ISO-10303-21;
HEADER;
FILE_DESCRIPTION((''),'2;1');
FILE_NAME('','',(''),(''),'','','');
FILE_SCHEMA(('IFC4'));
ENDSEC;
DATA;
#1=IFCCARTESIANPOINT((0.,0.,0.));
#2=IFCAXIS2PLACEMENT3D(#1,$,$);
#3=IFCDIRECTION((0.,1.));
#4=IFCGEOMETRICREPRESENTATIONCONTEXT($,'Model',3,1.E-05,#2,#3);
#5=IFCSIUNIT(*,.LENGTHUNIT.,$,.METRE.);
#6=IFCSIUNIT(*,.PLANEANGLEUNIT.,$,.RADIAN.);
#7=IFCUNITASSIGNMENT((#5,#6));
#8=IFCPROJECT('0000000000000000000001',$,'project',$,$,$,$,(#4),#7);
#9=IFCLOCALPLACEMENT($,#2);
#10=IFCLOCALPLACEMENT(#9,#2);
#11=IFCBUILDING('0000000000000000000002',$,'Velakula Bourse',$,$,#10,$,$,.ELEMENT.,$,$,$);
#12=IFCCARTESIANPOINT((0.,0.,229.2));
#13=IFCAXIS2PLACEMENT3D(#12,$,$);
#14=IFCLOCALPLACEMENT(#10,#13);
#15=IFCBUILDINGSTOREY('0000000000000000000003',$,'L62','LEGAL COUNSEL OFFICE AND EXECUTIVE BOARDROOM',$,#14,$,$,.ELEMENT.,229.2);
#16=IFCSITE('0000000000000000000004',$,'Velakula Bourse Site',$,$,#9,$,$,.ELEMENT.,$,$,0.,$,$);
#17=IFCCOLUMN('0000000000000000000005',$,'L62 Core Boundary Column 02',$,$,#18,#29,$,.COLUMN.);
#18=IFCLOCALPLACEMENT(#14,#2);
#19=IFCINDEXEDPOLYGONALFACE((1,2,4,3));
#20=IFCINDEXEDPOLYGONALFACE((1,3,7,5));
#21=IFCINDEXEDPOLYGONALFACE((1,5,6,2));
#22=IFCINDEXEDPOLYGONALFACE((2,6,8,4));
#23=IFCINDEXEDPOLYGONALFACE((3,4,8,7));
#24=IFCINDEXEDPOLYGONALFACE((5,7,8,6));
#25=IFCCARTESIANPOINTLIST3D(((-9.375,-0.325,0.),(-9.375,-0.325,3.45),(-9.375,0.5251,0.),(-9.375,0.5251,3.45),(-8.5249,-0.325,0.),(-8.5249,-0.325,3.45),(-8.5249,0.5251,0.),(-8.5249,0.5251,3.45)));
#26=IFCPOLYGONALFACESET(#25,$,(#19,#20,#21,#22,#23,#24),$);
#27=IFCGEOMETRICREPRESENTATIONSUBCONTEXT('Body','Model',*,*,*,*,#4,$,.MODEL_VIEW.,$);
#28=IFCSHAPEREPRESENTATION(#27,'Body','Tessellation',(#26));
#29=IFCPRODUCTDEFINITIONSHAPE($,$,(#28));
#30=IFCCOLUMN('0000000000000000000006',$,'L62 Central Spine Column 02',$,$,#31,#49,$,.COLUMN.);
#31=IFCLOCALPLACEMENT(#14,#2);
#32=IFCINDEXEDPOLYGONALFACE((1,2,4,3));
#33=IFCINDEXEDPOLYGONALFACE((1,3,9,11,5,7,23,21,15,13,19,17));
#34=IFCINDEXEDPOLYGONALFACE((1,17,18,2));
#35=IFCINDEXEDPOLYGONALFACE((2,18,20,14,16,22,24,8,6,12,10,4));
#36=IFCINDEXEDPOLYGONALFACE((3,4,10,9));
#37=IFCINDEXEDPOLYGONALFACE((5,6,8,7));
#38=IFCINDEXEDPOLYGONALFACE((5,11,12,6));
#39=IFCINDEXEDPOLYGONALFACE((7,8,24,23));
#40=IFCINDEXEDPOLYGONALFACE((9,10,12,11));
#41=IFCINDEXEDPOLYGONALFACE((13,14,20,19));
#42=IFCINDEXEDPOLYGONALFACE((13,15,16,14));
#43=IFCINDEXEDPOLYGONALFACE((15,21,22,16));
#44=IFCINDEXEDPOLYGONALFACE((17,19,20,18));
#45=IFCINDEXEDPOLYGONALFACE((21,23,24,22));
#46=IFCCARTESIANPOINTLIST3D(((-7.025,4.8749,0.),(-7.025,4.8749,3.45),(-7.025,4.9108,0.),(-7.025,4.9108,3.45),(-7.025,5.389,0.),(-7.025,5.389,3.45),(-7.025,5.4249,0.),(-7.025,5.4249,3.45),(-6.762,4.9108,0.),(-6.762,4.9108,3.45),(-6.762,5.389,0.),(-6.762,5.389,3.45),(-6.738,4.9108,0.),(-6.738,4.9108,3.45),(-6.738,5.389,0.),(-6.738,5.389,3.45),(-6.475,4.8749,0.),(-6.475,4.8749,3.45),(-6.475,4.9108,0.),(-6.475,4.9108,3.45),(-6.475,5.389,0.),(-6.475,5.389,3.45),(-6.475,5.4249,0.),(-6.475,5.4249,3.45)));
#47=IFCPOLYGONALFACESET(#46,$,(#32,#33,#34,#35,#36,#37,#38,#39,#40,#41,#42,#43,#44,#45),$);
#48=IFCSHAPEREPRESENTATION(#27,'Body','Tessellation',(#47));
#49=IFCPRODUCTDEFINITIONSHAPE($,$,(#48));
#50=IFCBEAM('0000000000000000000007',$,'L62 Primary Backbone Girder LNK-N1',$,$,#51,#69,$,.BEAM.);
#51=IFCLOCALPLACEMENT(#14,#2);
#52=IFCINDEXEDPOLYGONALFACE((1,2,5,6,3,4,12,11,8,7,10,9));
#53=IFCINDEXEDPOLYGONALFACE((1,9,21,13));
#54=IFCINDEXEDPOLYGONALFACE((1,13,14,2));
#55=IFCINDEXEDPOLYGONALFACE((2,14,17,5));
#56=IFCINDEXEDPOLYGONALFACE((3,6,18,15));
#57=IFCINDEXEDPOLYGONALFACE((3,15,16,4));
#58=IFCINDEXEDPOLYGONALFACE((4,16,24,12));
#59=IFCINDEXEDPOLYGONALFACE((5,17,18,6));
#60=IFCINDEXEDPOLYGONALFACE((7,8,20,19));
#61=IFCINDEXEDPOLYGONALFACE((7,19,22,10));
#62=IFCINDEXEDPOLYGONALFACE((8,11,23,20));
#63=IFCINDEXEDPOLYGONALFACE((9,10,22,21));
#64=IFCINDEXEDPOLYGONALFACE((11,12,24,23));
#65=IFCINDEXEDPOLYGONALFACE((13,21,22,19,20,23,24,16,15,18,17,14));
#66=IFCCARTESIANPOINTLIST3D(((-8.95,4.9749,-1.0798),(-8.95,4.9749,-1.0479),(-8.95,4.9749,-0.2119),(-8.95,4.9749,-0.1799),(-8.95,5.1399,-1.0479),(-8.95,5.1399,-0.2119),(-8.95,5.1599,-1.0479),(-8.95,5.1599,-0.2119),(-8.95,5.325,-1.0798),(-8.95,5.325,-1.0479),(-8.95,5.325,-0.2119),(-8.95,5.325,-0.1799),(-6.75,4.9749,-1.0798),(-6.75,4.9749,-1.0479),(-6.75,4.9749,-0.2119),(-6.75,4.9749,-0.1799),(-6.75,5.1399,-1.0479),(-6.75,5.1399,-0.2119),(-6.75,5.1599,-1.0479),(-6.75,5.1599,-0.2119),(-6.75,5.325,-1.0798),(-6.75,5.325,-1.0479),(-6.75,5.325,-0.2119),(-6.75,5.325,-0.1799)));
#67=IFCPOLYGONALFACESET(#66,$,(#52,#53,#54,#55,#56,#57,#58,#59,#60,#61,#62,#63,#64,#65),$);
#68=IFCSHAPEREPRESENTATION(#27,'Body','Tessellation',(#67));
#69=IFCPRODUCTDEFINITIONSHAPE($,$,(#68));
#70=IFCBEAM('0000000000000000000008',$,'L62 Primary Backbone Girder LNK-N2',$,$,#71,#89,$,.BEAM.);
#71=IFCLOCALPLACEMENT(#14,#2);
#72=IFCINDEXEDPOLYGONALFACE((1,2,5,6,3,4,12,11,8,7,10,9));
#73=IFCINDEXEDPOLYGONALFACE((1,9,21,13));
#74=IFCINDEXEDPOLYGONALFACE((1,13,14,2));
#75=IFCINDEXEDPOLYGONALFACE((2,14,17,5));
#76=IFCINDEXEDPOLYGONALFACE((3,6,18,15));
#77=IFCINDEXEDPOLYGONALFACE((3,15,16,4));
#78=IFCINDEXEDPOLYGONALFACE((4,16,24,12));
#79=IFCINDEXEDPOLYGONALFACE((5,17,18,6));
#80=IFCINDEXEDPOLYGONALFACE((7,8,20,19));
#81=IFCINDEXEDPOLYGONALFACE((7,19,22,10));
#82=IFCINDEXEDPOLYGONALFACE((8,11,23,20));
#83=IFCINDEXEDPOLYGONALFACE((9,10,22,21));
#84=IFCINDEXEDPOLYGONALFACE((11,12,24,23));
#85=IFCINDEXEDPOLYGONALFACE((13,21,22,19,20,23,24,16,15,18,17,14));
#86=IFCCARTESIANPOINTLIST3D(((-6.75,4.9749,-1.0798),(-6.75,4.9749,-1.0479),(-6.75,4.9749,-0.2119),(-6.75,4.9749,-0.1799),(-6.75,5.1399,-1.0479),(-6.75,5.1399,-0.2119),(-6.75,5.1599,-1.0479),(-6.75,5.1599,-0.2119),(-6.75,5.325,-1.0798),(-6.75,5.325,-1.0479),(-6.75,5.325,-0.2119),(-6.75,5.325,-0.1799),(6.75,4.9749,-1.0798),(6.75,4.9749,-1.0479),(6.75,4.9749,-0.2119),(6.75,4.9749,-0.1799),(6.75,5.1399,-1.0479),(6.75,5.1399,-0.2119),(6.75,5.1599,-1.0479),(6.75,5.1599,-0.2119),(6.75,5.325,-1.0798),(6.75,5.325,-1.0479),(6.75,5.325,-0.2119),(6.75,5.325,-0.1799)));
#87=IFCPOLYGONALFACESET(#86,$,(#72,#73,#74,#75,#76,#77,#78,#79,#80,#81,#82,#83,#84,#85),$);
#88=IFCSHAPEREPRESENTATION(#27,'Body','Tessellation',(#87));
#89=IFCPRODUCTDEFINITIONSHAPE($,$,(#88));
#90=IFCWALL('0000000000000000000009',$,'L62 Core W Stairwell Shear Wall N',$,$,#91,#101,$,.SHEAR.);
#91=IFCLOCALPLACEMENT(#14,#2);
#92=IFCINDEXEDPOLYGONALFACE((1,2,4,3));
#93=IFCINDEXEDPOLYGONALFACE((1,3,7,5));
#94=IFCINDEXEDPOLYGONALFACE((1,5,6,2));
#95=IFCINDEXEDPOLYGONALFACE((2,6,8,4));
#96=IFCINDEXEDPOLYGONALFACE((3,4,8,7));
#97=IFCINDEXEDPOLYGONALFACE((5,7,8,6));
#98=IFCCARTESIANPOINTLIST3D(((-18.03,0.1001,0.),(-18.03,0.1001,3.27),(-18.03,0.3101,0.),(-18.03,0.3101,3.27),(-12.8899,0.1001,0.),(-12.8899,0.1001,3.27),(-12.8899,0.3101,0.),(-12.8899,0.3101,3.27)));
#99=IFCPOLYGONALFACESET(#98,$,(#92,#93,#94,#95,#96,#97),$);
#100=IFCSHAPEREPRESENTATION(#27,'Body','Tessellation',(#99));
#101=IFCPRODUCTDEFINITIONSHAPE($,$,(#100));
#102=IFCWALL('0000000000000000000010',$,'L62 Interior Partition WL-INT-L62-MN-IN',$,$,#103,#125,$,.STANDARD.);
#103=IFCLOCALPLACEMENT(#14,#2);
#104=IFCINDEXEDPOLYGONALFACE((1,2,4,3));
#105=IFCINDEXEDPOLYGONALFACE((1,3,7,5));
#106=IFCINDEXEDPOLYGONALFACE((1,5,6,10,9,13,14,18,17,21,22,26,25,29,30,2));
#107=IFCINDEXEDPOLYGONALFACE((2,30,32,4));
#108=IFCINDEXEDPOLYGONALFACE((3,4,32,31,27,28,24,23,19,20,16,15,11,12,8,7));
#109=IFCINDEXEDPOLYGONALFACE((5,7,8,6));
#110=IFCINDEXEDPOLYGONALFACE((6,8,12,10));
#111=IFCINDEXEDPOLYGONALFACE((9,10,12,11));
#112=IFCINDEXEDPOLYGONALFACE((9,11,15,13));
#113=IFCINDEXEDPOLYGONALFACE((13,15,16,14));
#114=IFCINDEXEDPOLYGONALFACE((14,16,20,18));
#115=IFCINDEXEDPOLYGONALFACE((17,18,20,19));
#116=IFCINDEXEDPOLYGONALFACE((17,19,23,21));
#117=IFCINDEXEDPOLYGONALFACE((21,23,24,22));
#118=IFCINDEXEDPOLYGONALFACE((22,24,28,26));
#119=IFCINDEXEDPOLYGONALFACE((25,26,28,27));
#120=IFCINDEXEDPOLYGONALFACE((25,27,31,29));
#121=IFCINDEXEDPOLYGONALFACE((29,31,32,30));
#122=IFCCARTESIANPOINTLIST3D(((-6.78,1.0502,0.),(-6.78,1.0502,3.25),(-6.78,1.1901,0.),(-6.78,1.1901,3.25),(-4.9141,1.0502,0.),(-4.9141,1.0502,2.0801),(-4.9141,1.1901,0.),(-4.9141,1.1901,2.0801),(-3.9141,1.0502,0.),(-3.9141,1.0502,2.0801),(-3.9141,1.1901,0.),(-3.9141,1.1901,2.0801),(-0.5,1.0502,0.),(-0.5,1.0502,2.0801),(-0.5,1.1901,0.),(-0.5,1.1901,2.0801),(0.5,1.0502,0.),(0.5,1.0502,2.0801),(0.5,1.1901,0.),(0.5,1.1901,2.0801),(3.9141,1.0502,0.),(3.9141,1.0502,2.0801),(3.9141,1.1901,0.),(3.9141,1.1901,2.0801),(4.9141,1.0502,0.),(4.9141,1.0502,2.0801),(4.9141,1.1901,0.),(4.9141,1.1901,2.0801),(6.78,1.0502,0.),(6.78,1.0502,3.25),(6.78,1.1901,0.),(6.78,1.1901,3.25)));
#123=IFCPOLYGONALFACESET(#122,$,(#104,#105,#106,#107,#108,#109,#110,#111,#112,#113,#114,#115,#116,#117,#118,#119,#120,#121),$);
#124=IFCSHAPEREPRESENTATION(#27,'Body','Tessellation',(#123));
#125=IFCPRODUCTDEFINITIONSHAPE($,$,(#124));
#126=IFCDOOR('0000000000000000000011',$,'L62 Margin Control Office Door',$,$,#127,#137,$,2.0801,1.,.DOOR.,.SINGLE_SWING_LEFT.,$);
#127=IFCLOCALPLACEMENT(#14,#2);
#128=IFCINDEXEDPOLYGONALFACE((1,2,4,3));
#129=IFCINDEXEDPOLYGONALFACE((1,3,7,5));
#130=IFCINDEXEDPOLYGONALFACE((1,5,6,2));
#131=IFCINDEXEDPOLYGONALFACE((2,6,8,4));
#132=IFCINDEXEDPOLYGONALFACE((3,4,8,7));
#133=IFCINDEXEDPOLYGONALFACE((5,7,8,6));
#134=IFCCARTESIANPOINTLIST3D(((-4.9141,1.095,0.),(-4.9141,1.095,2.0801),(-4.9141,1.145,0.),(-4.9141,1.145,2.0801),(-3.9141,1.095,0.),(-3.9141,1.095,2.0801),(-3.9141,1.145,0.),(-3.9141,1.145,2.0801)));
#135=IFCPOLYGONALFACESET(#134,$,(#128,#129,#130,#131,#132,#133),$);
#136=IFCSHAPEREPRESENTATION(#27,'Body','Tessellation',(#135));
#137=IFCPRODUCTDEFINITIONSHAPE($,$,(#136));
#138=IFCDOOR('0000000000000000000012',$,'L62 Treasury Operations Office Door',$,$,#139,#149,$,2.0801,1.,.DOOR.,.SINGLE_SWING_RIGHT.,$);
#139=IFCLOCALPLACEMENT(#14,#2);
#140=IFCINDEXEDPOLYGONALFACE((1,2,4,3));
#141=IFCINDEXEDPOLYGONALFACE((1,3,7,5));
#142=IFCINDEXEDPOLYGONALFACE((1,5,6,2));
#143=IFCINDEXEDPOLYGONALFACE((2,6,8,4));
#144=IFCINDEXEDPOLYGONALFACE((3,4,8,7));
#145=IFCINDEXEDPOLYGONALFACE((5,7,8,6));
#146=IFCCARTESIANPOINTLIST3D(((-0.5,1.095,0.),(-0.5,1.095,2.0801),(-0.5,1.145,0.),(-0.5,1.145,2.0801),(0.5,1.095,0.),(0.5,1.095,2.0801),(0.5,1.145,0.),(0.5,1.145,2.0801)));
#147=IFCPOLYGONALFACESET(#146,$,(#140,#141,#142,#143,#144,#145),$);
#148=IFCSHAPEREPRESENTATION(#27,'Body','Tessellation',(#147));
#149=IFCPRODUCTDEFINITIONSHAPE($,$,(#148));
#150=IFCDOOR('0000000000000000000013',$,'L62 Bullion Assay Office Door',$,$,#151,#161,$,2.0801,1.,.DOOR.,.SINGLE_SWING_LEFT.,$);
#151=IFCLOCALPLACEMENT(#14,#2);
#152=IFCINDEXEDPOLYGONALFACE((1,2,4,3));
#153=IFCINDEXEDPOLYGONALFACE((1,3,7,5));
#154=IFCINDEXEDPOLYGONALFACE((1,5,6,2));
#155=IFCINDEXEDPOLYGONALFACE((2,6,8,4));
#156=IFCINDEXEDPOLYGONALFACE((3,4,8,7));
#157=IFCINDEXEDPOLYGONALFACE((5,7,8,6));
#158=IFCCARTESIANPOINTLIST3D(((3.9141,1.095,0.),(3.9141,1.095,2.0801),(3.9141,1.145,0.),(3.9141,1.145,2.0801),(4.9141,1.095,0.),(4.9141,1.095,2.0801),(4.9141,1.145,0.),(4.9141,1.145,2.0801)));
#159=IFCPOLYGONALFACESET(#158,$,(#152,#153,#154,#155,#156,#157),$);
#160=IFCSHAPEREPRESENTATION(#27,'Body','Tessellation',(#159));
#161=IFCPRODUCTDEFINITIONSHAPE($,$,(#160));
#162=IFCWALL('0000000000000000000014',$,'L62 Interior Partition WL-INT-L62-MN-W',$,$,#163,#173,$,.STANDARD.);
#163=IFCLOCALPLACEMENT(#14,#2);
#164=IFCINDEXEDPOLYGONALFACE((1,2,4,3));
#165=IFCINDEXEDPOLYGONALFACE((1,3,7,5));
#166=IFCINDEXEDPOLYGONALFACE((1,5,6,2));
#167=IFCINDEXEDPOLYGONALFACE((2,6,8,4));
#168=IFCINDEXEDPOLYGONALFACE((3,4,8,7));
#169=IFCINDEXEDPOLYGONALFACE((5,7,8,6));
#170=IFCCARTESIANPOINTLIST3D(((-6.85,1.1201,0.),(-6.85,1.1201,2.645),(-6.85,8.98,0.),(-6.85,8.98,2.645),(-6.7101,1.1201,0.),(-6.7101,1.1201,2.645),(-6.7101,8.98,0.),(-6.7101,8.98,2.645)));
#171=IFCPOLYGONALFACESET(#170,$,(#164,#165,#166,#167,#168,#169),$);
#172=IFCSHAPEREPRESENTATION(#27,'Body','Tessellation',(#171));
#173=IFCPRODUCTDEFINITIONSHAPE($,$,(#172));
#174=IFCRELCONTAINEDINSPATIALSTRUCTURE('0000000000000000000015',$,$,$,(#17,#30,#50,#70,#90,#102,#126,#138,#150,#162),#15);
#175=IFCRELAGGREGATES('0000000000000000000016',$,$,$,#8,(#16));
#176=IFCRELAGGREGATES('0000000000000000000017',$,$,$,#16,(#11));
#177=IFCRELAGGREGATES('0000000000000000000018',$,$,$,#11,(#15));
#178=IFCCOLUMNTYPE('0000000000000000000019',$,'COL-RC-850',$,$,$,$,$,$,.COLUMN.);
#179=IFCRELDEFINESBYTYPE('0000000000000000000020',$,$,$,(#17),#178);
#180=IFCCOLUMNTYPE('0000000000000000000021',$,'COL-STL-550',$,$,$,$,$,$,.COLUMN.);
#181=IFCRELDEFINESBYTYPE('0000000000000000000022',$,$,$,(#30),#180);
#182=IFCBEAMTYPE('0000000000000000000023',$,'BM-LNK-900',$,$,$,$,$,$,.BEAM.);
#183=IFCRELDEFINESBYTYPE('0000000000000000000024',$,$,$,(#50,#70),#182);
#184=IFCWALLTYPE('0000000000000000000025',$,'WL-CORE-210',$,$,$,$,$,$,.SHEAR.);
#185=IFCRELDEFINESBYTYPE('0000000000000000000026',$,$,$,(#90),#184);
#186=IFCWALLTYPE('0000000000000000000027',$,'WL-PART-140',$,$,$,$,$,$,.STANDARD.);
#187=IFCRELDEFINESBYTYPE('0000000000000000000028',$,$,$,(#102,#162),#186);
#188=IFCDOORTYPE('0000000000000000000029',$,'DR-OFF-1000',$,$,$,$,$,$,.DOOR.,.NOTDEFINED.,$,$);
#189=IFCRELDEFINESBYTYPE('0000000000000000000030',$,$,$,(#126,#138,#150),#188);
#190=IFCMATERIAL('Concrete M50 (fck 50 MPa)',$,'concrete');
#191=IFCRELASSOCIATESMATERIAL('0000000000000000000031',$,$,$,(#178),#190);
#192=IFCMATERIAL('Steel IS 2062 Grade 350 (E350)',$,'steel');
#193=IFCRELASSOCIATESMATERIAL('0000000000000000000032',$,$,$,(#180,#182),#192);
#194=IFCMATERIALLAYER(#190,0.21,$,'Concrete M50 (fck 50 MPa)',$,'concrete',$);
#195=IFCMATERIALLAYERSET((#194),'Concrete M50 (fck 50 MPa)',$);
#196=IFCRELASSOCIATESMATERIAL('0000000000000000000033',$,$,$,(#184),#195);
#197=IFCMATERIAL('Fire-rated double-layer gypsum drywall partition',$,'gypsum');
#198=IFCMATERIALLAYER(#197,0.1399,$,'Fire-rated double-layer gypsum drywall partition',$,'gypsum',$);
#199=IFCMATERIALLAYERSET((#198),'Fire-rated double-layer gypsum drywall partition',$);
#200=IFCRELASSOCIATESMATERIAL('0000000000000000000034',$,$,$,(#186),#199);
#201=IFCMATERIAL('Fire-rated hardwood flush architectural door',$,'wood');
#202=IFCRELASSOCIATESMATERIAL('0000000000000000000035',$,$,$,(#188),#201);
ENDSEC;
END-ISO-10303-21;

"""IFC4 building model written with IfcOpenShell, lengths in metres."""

from ifc_helpers import new_model, si_unit, direction, frame, frame_2d, origin, origin_2d, place, context, subcontext, project, spatial, rectangle, i_section, extrude, material, layer, layer_set, material_profile, profile_set, type_object, element, fill, save


model = new_model("IFC4")

# Units and contexts
model_context = context("Model", 3, precision=1e-05, world=origin(), true_north=direction((0.0, 1.0)))
body_context = subcontext(model_context, "Body", "Model", "MODEL_VIEW")
ifc_project = project(units=[si_unit("LENGTHUNIT", "METRE"), si_unit("PLANEANGLEUNIT", "RADIAN")], contexts=[model_context])

# Site, building, storey
site_placement = place(None, origin())
site = spatial("IfcSite", under=ifc_project, at=site_placement, Name="Velakula Bourse Site", CompositionType="ELEMENT", RefElevation=0.0)
building_placement = place(site_placement, origin())
building = spatial("IfcBuilding", under=site, at=building_placement, Name="Velakula Bourse", CompositionType="ELEMENT")
storey_placement = place(building_placement, frame((0.0, 0.0, 229.2)))
storey = spatial("IfcBuildingStorey", under=building, at=storey_placement, Name="L62", Description="LEGAL COUNSEL OFFICE AND EXECUTIVE BOARDROOM", CompositionType="ELEMENT", Elevation=229.2)

# Columns
ifc_material_1 = material(Name="Concrete M50 (fck 50 MPa)", Category="concrete")
ifc_material_profile_1 = material_profile(ifc_material_1, rectangle(XDim=0.8501, YDim=0.8501, at=origin_2d()), Name="Concrete M50 (fck 50 MPa)")
ifc_profile_set_1 = profile_set([ifc_material_profile_1], Name="Concrete M50 (fck 50 MPa)")
column_type_1 = type_object("IfcColumnType", Name="COL-RC-850", PredefinedType="COLUMN", material=ifc_profile_set_1)
column_1_placement = place(storey_placement, frame((-8.95, 0.1001, 0.0), z_axis=(0.0, 0.0, 1.0), x_axis=(1.0, 0.0, 0.0)))
element("IfcColumn", 1, at=column_1_placement, inside=storey, type_object=column_type_1, Name="L62 Core Boundary Column 02", PredefinedType="COLUMN", context=body_context, shape_type="SweptSolid", body=[
    extrude(rectangle(XDim=0.8501, YDim=0.8501, at=origin_2d()), origin(), (0.0, 0.0, 1.0), 3.45),
])
ifc_material_2 = material(Name="Steel IS 2062 Grade 350 (E350)", Category="steel")
ifc_material_profile_2 = material_profile(ifc_material_2, i_section(OverallWidth=0.55, OverallDepth=0.55, WebThickness=0.0239, FlangeThickness=0.0359, at=origin_2d()), Name="Steel IS 2062 Grade 350 (E350)")
ifc_profile_set_2 = profile_set([ifc_material_profile_2], Name="Steel IS 2062 Grade 350 (E350)")
column_type_2 = type_object("IfcColumnType", Name="COL-STL-550", PredefinedType="COLUMN", material=ifc_profile_set_2)
column_2_placement = place(storey_placement, frame((-6.75, 5.1499, 0.0), z_axis=(0.0, 0.0, 1.0), x_axis=(1.0, 0.0, 0.0)))
element("IfcColumn", 2, at=column_2_placement, inside=storey, type_object=column_type_2, Name="L62 Central Spine Column 02", PredefinedType="COLUMN", context=body_context, shape_type="SweptSolid", body=[
    extrude(i_section(OverallWidth=0.55, OverallDepth=0.55, WebThickness=0.0239, FlangeThickness=0.0359, at=origin_2d()), origin(), (0.0, 0.0, 1.0), 3.45),
])

# Beams
ifc_material_profile_3 = material_profile(ifc_material_2, i_section(OverallWidth=0.3501, OverallDepth=0.8999, WebThickness=0.02, FlangeThickness=0.032, at=origin_2d()), Name="Steel IS 2062 Grade 350 (E350)")
ifc_profile_set_3 = profile_set([ifc_material_profile_3], Name="Steel IS 2062 Grade 350 (E350)")
beam_type = type_object("IfcBeamType", Name="BM-LNK-900", PredefinedType="BEAM", material=ifc_profile_set_3)
beam_1_placement = place(storey_placement, frame((-8.95, 5.1499, -0.6299), z_axis=(1.0, 0.0, 0.0), x_axis=(0.0, 1.0, 0.0)))
element("IfcBeam", 3, at=beam_1_placement, inside=storey, type_object=beam_type, Name="L62 Primary Backbone Girder LNK-N1", PredefinedType="BEAM", context=body_context, shape_type="SweptSolid", body=[
    extrude(i_section(OverallWidth=0.3501, OverallDepth=0.8999, WebThickness=0.02, FlangeThickness=0.032, at=origin_2d()), origin(), (0.0, 0.0, 1.0), 2.2),
])
beam_2_placement = place(storey_placement, frame((-6.75, 5.1499, -0.6299), z_axis=(1.0, 0.0, 0.0), x_axis=(0.0, 1.0, 0.0)))
element("IfcBeam", 4, at=beam_2_placement, inside=storey, type_object=beam_type, Name="L62 Primary Backbone Girder LNK-N2", PredefinedType="BEAM", context=body_context, shape_type="SweptSolid", body=[
    extrude(i_section(OverallWidth=0.3501, OverallDepth=0.8999, WebThickness=0.02, FlangeThickness=0.032, at=origin_2d()), origin(), (0.0, 0.0, 1.0), 13.5),
])

# Wall
ifc_layer_1 = layer(ifc_material_1, 0.21, Name="Concrete M50 (fck 50 MPa)", Category="concrete")
ifc_layer_set_1 = layer_set([ifc_layer_1], Name="Concrete M50 (fck 50 MPa)")
wall_type_1 = type_object("IfcWallType", Name="WL-CORE-210", PredefinedType="SHEAR", material=ifc_layer_set_1)
wall_1_placement = place(storey_placement, frame((-12.8899, 0.2051, 0.0), z_axis=(0.0, 0.0, 1.0), x_axis=(-1.0, 0.0, 0.0)))
element("IfcWall", 5, at=wall_1_placement, inside=storey, type_object=wall_type_1, Name="L62 Core W Stairwell Shear Wall N", PredefinedType="SHEAR", context=body_context, shape_type="SweptSolid", body=[
    extrude(rectangle(XDim=5.1401, YDim=0.21, at=frame_2d((2.5701, 0.0))), origin(), (0.0, 0.0, 1.0), 3.27),
])

# Wall, openings, doors
ifc_material_3 = material(Name="Fire-rated double-layer gypsum drywall partition", Category="gypsum")
ifc_layer_2 = layer(ifc_material_3, 0.1399, Name="Fire-rated double-layer gypsum drywall partition", Category="gypsum")
ifc_layer_set_2 = layer_set([ifc_layer_2], Name="Fire-rated double-layer gypsum drywall partition")
wall_type_2 = type_object("IfcWallType", Name="WL-PART-140", PredefinedType="STANDARD", material=ifc_layer_set_2)
wall_2_placement = place(storey_placement, frame((-6.78, 1.1201, 0.0), z_axis=(0.0, 0.0, 1.0), x_axis=(1.0, 0.0, 0.0)))
wall_2 = element("IfcWall", 6, at=wall_2_placement, inside=storey, type_object=wall_type_2, Name="L62 Interior Partition WL-INT-L62-MN-IN", PredefinedType="STANDARD", context=body_context, shape_type="SweptSolid", body=[
    extrude(rectangle(XDim=13.5601, YDim=0.1399, at=frame_2d((6.78, 0.0))), origin(), (0.0, 0.0, 1.0), 3.25),
])
opening_1_placement = place(wall_2_placement, frame((1.866, 0.0, 0.0)))
opening_1 = element("IfcOpeningElement", 7, at=opening_1_placement, cuts=wall_2, PredefinedType="OPENING", context=body_context, shape_type="SweptSolid", body=[
    extrude(rectangle(XDim=1.0, YDim=2.0801, at=frame_2d((0.5, 1.04))), frame((0.0, 0.0798, 0.0), z_axis=(0.0, -1.0, 0.0), x_axis=(1.0, 0.0, 0.0)), (0.0, 0.0, 1.0), 0.1599),
])
opening_2_placement = place(wall_2_placement, frame((6.28, 0.0, 0.0)))
opening_2 = element("IfcOpeningElement", 8, at=opening_2_placement, cuts=wall_2, PredefinedType="OPENING", context=body_context, shape_type="SweptSolid", body=[
    extrude(rectangle(XDim=1.0, YDim=2.0801, at=frame_2d((0.5, 1.04))), frame((0.0, 0.0798, 0.0), z_axis=(0.0, -1.0, 0.0), x_axis=(1.0, 0.0, 0.0)), (0.0, 0.0, 1.0), 0.1599),
])
opening_3_placement = place(wall_2_placement, frame((10.6941, 0.0, 0.0)))
opening_3 = element("IfcOpeningElement", 9, at=opening_3_placement, cuts=wall_2, PredefinedType="OPENING", context=body_context, shape_type="SweptSolid", body=[
    extrude(rectangle(XDim=1.0, YDim=2.0801, at=frame_2d((0.5, 1.04))), frame((0.0, 0.0798, 0.0), z_axis=(0.0, -1.0, 0.0), x_axis=(1.0, 0.0, 0.0)), (0.0, 0.0, 1.0), 0.1599),
])
ifc_material_4 = material(Name="Fire-rated hardwood flush architectural door", Category="wood")
door_type_1 = type_object("IfcDoorType", Name="DR-OFF-1000", OperationType="NOTDEFINED", PredefinedType="DOOR", material=ifc_material_4)
door_1_placement = place(opening_1_placement, origin())
door_1 = element("IfcDoor", 10, at=door_1_placement, inside=storey, type_object=door_type_1, Name="L62 Margin Control Office Door", OperationType="SINGLE_SWING_LEFT", OverallHeight=2.0801, OverallWidth=1.0, PredefinedType="DOOR", context=body_context, shape_type="SweptSolid", body=[
    extrude(rectangle(XDim=1.0, YDim=2.0801, at=frame_2d((0.5, 1.04))), frame((0.0, 0.0249, 0.0), z_axis=(0.0, -1.0, 0.0), x_axis=(1.0, 0.0, 0.0)), (0.0, 0.0, 1.0), 0.05),
])
fill(opening_1, door_1)
door_2_placement = place(opening_2_placement, origin())
door_2 = element("IfcDoor", 11, at=door_2_placement, inside=storey, type_object=door_type_1, Name="L62 Treasury Operations Office Door", OperationType="SINGLE_SWING_RIGHT", OverallHeight=2.0801, OverallWidth=1.0, PredefinedType="DOOR", context=body_context, shape_type="SweptSolid", body=[
    extrude(rectangle(XDim=1.0, YDim=2.0801, at=frame_2d((0.5, 1.04))), frame((0.0, 0.0249, 0.0), z_axis=(0.0, -1.0, 0.0), x_axis=(1.0, 0.0, 0.0)), (0.0, 0.0, 1.0), 0.05),
])
fill(opening_2, door_2)
door_3_placement = place(opening_3_placement, origin())
door_3 = element("IfcDoor", 12, at=door_3_placement, inside=storey, type_object=door_type_1, Name="L62 Bullion Assay Office Door", OperationType="SINGLE_SWING_LEFT", OverallHeight=2.0801, OverallWidth=1.0, PredefinedType="DOOR", context=body_context, shape_type="SweptSolid", body=[
    extrude(rectangle(XDim=1.0, YDim=2.0801, at=frame_2d((0.5, 1.04))), frame((0.0, 0.0249, 0.0), z_axis=(0.0, -1.0, 0.0), x_axis=(1.0, 0.0, 0.0)), (0.0, 0.0, 1.0), 0.05),
])
fill(opening_3, door_3)

# Wall
wall_3_placement = place(storey_placement, frame((-6.78, 1.1201, 0.0), z_axis=(0.0, 0.0, 1.0), x_axis=(0.0, 1.0, 0.0)))
element("IfcWall", 13, at=wall_3_placement, inside=storey, type_object=wall_type_2, Name="L62 Interior Partition WL-INT-L62-MN-W", PredefinedType="STANDARD", context=body_context, shape_type="SweptSolid", body=[
    extrude(rectangle(XDim=7.8599, YDim=0.1399, at=frame_2d((3.9299, 0.0))), origin(), (0.0, 0.0, 1.0), 2.645),
])

save(model, "model.ifc")
